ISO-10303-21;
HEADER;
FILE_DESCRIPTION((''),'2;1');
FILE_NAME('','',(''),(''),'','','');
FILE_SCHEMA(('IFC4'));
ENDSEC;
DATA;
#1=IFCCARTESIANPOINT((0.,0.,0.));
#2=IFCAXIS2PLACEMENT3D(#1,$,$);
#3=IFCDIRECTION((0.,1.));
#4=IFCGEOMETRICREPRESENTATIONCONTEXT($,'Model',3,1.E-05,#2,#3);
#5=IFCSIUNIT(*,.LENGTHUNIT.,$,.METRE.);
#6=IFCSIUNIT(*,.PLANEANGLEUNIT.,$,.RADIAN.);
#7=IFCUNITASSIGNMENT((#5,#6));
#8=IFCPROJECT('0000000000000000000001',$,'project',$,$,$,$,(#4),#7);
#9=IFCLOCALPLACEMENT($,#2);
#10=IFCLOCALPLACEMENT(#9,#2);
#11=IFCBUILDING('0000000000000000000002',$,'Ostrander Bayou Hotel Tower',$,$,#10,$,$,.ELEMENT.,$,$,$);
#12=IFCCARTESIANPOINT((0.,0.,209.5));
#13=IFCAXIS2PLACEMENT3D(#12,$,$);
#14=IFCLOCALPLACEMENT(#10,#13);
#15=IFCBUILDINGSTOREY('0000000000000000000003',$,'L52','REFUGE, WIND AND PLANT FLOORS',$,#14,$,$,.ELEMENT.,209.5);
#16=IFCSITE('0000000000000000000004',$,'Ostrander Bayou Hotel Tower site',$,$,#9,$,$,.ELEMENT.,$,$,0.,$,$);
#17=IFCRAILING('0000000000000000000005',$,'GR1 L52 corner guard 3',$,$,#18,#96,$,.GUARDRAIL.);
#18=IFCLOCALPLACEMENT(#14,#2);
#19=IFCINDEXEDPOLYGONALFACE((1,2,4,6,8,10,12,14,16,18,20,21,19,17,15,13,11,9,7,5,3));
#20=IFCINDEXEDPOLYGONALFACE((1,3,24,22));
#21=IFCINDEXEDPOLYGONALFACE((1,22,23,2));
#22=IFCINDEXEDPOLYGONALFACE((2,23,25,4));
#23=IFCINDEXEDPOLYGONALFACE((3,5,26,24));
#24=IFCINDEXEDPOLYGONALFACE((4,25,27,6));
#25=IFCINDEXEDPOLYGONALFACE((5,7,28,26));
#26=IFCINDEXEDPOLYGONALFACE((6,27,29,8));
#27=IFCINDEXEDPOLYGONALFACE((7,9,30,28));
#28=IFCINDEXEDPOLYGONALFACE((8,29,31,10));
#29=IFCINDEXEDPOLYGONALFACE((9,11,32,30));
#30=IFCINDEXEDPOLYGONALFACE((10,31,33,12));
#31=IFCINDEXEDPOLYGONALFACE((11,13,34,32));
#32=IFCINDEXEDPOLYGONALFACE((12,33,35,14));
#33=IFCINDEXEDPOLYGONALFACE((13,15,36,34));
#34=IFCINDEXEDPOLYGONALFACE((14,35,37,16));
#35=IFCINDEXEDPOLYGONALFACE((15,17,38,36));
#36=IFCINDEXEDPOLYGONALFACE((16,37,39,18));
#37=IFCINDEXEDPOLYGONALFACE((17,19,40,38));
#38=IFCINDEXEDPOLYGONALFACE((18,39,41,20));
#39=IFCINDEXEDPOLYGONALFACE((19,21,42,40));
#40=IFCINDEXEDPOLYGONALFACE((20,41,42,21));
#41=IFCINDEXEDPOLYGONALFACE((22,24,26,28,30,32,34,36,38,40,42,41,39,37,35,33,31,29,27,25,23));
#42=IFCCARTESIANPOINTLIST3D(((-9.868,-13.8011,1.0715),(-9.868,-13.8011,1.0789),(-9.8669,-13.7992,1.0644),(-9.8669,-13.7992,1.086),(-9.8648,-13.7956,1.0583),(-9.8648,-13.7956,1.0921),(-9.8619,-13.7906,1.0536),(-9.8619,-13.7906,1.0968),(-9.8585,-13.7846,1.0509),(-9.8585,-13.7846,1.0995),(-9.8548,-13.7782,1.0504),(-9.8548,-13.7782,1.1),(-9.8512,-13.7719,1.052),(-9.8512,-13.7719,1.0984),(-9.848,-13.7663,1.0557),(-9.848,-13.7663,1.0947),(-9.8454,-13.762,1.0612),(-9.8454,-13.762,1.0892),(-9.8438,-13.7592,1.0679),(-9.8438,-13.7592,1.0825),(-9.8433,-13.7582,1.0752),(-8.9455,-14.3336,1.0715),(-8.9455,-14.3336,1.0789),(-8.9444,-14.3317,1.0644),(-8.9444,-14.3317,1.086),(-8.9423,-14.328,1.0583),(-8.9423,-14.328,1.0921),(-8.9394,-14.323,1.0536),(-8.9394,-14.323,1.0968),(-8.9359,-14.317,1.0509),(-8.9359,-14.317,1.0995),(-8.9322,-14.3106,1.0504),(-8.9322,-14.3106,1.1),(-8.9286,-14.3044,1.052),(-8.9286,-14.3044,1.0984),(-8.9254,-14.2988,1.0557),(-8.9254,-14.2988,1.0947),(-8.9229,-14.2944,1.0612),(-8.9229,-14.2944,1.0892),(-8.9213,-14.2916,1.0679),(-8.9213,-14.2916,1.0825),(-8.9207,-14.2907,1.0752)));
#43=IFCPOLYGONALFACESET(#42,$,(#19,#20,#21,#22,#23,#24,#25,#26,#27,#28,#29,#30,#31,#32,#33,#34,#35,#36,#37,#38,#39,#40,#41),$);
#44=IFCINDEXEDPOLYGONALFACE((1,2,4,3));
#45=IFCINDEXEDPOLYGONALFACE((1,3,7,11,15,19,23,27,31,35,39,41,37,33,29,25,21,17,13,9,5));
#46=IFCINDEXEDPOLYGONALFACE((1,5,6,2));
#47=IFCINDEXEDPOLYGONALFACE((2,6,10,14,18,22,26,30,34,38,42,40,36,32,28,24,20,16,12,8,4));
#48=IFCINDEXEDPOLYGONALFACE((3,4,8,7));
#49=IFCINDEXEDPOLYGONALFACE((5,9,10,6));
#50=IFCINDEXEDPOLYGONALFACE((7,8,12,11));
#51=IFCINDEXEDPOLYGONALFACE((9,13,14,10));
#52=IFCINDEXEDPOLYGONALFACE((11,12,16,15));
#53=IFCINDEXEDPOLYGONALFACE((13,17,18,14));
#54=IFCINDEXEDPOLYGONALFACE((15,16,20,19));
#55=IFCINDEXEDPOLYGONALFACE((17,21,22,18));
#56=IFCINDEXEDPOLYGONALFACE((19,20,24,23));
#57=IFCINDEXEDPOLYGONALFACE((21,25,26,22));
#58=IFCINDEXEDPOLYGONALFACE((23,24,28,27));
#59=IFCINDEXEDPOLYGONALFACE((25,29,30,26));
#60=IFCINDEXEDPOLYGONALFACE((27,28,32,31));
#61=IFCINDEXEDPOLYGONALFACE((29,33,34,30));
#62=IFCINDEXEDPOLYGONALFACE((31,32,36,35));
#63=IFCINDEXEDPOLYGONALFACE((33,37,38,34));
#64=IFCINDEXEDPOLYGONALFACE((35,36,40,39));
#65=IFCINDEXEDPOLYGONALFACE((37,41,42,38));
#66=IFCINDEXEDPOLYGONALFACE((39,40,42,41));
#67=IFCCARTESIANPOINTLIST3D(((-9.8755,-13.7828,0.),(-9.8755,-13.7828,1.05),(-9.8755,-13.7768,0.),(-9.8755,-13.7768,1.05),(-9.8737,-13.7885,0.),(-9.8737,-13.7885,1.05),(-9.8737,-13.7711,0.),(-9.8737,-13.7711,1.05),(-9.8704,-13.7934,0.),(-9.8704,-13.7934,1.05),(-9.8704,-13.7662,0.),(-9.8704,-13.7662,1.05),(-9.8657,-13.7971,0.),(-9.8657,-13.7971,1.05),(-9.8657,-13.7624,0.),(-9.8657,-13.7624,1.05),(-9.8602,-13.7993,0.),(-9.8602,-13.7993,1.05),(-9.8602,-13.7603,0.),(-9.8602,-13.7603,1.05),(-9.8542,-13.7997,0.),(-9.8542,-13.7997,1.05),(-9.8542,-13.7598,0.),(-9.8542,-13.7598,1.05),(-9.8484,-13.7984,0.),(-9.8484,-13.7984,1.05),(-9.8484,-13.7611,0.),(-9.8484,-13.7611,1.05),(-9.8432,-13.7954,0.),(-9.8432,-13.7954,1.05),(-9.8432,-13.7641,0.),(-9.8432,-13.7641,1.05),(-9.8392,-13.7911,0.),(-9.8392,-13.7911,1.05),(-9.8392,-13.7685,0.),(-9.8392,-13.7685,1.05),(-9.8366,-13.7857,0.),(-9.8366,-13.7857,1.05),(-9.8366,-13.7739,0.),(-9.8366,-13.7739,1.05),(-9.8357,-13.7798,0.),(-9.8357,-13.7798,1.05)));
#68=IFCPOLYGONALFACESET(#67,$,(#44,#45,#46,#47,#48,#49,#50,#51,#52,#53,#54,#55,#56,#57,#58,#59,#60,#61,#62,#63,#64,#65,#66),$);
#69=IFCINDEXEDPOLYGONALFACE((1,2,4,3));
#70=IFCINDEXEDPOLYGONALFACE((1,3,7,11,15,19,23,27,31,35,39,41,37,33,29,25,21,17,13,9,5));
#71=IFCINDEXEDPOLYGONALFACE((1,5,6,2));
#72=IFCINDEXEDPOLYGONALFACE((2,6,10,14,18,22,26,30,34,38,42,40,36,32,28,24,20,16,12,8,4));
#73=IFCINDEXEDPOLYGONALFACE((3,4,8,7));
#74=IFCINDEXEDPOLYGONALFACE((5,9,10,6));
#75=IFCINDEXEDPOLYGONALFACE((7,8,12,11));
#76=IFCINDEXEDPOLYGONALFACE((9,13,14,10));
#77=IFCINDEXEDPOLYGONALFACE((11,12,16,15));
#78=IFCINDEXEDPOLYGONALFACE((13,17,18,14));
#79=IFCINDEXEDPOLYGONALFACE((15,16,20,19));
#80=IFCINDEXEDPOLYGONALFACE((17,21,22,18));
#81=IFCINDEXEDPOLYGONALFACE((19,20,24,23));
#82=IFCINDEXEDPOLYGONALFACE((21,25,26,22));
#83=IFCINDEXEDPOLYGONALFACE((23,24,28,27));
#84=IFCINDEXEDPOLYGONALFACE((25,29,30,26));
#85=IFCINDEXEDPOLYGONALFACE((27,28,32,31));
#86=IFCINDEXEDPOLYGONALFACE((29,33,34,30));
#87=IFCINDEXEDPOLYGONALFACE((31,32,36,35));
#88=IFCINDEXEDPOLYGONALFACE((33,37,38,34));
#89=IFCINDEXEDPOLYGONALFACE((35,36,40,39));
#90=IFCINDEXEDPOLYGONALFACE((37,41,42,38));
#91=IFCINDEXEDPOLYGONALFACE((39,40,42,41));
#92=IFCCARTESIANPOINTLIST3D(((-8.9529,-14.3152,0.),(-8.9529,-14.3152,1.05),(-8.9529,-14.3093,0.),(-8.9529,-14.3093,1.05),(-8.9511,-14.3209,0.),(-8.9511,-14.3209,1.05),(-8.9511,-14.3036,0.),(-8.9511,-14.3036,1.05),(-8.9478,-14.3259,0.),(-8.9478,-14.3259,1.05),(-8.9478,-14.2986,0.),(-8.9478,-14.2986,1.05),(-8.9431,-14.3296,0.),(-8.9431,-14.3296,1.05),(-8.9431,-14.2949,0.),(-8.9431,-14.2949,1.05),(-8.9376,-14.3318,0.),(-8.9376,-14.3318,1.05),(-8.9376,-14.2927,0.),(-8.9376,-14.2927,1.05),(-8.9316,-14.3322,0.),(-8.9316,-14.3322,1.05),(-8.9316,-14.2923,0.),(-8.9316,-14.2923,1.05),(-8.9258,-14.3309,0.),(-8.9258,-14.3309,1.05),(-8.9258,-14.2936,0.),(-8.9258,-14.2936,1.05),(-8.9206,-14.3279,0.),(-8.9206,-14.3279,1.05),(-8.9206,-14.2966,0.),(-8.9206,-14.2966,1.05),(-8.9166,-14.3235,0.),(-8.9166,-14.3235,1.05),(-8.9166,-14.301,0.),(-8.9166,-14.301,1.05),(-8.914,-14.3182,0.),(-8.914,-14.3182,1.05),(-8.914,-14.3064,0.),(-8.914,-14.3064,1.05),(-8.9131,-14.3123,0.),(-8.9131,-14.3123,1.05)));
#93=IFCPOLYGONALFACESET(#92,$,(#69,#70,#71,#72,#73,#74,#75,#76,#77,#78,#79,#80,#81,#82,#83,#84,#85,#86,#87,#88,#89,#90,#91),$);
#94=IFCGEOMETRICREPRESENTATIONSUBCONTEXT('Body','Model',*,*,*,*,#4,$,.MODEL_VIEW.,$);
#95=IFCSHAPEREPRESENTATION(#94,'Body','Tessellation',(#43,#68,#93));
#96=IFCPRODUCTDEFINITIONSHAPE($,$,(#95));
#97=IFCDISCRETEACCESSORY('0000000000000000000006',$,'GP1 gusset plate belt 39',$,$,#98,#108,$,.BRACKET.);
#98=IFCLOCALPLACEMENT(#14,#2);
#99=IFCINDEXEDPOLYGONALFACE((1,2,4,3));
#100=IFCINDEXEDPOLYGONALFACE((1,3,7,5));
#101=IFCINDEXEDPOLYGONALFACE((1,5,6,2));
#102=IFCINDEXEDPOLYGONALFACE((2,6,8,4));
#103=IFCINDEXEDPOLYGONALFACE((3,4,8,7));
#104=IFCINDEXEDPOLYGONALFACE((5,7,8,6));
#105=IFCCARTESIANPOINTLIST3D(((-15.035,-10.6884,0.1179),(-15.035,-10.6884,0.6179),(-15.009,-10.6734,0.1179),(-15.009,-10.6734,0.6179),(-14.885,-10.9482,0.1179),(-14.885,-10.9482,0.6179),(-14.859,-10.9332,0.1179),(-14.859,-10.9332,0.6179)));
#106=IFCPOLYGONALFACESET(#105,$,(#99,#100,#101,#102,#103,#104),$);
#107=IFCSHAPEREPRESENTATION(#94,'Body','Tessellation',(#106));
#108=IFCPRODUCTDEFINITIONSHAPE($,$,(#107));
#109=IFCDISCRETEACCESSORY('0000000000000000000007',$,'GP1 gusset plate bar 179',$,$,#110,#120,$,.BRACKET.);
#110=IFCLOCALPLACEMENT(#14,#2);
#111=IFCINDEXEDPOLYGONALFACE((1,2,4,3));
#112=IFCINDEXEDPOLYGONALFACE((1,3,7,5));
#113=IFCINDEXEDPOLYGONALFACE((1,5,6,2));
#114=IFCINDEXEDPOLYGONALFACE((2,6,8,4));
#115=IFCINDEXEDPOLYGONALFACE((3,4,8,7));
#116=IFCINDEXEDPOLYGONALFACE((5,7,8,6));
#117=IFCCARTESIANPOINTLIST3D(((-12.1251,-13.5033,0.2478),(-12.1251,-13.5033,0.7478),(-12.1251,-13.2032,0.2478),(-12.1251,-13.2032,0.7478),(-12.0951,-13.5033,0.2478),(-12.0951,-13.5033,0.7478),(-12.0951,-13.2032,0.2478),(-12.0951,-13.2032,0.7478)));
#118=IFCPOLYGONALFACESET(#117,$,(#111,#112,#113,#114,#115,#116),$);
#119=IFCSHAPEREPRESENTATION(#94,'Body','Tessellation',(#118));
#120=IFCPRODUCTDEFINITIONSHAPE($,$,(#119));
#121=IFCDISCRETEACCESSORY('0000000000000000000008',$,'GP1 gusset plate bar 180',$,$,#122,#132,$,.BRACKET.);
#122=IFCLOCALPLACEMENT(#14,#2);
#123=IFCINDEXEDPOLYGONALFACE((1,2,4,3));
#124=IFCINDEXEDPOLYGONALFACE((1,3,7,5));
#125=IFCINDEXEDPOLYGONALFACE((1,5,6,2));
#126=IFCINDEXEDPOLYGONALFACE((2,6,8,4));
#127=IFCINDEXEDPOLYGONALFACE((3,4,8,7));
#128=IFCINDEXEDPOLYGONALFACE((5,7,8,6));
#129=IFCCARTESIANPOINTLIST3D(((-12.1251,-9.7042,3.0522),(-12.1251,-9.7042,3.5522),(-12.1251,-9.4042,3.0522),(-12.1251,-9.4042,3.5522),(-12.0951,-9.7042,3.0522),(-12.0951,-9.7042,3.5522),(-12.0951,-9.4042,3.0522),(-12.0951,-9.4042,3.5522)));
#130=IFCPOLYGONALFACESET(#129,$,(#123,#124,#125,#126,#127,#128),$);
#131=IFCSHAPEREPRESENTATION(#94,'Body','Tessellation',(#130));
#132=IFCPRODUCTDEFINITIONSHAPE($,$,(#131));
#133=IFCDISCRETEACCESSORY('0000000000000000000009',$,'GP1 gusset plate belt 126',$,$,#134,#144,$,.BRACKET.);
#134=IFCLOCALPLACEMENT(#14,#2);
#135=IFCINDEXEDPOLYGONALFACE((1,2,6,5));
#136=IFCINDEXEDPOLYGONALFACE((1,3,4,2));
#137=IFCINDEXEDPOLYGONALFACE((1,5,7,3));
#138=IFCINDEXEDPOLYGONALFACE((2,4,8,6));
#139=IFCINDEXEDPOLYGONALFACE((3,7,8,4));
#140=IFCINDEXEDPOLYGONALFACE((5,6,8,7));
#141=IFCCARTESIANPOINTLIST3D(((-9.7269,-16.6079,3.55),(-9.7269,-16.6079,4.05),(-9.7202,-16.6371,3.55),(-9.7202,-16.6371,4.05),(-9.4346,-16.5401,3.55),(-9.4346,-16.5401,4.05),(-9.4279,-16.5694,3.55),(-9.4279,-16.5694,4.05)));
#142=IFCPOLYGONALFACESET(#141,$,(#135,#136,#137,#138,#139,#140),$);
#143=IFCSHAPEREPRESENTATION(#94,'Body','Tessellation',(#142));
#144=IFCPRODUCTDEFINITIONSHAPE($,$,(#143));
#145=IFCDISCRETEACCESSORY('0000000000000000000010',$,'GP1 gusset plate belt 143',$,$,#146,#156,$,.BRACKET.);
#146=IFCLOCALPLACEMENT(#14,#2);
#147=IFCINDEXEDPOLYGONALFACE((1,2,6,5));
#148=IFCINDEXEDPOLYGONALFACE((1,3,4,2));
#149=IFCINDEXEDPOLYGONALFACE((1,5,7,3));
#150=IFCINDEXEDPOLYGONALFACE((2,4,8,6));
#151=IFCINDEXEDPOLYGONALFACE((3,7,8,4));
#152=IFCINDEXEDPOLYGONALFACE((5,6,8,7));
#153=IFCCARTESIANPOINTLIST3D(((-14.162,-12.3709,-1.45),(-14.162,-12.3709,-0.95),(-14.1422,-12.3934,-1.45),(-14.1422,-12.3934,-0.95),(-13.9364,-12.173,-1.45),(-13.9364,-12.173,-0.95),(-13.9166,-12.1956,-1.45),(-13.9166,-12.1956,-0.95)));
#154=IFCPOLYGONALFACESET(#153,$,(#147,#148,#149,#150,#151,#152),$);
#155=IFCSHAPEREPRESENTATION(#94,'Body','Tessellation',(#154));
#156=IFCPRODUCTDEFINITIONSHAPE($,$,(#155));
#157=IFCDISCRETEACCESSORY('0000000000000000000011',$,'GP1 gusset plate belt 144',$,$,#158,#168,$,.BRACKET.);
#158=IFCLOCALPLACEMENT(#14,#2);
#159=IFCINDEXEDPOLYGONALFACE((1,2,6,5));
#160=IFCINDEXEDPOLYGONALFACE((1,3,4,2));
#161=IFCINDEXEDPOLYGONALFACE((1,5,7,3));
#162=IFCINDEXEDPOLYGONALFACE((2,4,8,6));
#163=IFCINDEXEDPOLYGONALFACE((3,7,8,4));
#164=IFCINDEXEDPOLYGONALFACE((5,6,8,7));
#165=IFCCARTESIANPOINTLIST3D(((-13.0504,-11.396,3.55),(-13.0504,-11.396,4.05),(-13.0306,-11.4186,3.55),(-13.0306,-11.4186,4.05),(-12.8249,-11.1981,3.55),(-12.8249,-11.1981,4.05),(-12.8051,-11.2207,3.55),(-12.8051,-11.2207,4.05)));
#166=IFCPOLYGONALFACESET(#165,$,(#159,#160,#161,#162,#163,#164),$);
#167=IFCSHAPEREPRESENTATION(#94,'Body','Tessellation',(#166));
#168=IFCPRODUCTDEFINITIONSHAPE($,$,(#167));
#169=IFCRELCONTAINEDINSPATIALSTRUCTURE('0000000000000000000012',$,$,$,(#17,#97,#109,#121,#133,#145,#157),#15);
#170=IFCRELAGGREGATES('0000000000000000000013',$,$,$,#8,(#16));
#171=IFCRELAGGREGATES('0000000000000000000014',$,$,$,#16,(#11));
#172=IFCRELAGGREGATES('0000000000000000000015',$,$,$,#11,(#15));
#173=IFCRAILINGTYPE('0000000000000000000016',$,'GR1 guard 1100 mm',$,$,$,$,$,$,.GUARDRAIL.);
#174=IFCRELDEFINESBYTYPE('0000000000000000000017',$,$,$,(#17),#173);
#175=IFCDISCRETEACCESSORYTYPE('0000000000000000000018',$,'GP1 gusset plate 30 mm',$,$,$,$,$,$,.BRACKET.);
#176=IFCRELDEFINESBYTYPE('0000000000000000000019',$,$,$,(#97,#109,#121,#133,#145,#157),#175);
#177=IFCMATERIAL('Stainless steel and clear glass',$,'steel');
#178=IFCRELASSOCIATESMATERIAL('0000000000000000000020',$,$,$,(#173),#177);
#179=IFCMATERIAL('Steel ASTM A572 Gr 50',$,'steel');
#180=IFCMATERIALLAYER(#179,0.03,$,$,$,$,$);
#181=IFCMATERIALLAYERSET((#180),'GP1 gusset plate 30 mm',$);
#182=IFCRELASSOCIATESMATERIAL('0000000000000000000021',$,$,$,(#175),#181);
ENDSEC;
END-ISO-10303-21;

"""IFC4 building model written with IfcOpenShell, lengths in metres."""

from ifc_helpers import new_model, si_unit, direction, frame, origin, origin_2d, place, context, subcontext, project, spatial, rectangle, circle, extrude, material, layer, layer_set, type_object, element, save


model = new_model("IFC4")

# Units and contexts
model_context = context("Model", 3, precision=1e-05, world=origin(), true_north=direction((0.0, 1.0)))
body_context = subcontext(model_context, "Body", "Model", "MODEL_VIEW")
ifc_project = project(units=[si_unit("LENGTHUNIT", "METRE"), si_unit("PLANEANGLEUNIT", "RADIAN")], contexts=[model_context])

# Site, building, storey
site_placement = place(None, origin())
site = spatial("IfcSite", under=ifc_project, at=site_placement, Name="Ostrander Bayou Hotel Tower site", CompositionType="ELEMENT", RefElevation=0.0)
building_placement = place(site_placement, origin())
building = spatial("IfcBuilding", under=site, at=building_placement, Name="Ostrander Bayou Hotel Tower", CompositionType="ELEMENT")
storey_placement = place(building_placement, frame((0.0, 0.0, 209.5)))
storey = spatial("IfcBuildingStorey", under=building, at=storey_placement, Name="L52", Description="REFUGE, WIND AND PLANT FLOORS", CompositionType="ELEMENT", Elevation=209.5)

# Railing
ifc_material_1 = material(Name="Stainless steel and clear glass", Category="steel")
railing_type = type_object("IfcRailingType", Name="GR1 guard 1100 mm", PredefinedType="GUARDRAIL", material=ifc_material_1)
railing_1_placement = place(storey_placement, frame((-9.8557, -13.7798, 0.0)))
element("IfcRailing", 1, at=railing_1_placement, inside=storey, type_object=railing_type, Name="GR1 L52 corner guard 3", PredefinedType="GUARDRAIL", context=body_context, shape_type="SweptSolid", body=[
    extrude(circle(Radius=0.0249, at=origin_2d()), frame((0.0, 0.0, 1.0752), z_axis=(0.866105, -0.499861, 0.0), x_axis=(0.499861, 0.866105, 0.0)), (0.0, 0.0, 1.0), 1.0652),
    extrude(circle(Radius=0.02, at=origin_2d()), origin(), (0.0, 0.0, 1.0), 1.05),
    extrude(circle(Radius=0.02, at=origin_2d()), frame((0.9226, -0.5325, 0.0)), (0.0, 0.0, 1.0), 1.05),
])

# Discrete accessories
ifc_material_2 = material(Name="Steel ASTM A572 Gr 50", Category="steel")
ifc_layer_1 = layer(ifc_material_2, 0.03)
ifc_layer_set_1 = layer_set([ifc_layer_1], Name="GP1 gusset plate 30 mm")
discrete_accessory_type = type_object("IfcDiscreteAccessoryType", Name="GP1 gusset plate 30 mm", PredefinedType="BRACKET", material=ifc_layer_set_1)
for number, where, z_axis, x_axis, name in (
    (2, (-14.947, -10.8108, 0.1179), (0.0, 0.0, 1.0), (-0.500015, 0.866017, 0.0), "GP1 gusset plate belt 39"),
    (3, (-12.1101, -13.3533, 0.2478), (0.0, 0.0, 1.0), (0.0, 1.0, 0.0), "GP1 gusset plate bar 179"),
    (4, (-12.1101, -9.5542, 3.0522), (0.0, 0.0, 1.0), (0.0, 1.0, 0.0), "GP1 gusset plate bar 180"),
    (5, (-9.5774, -16.5886, 3.55), (0.0, 0.0, 1.0), (0.974166, 0.225835, 0.0), "GP1 gusset plate belt 126"),
    (6, (-14.0393, -12.2832, -1.45), (0.0, 0.0, 1.0), (0.751725, 0.659477, 0.0), "GP1 gusset plate belt 143"),
    (7, (-12.9277, -11.3083, 3.55), (0.0, 0.0, 1.0), (0.751725, 0.659477, 0.0), "GP1 gusset plate belt 144"),
):
    element("IfcDiscreteAccessory", number, at=place(storey_placement, frame(where, z_axis=z_axis, x_axis=x_axis)), inside=storey, type_object=discrete_accessory_type, Name=name, PredefinedType="BRACKET", context=body_context, shape_type="SweptSolid", body=[
        extrude(rectangle(XDim=0.3, YDim=0.03, at=origin_2d()), origin(), (0.0, 0.0, 1.0), 0.5),
    ])

save(model, "model.ifc")
